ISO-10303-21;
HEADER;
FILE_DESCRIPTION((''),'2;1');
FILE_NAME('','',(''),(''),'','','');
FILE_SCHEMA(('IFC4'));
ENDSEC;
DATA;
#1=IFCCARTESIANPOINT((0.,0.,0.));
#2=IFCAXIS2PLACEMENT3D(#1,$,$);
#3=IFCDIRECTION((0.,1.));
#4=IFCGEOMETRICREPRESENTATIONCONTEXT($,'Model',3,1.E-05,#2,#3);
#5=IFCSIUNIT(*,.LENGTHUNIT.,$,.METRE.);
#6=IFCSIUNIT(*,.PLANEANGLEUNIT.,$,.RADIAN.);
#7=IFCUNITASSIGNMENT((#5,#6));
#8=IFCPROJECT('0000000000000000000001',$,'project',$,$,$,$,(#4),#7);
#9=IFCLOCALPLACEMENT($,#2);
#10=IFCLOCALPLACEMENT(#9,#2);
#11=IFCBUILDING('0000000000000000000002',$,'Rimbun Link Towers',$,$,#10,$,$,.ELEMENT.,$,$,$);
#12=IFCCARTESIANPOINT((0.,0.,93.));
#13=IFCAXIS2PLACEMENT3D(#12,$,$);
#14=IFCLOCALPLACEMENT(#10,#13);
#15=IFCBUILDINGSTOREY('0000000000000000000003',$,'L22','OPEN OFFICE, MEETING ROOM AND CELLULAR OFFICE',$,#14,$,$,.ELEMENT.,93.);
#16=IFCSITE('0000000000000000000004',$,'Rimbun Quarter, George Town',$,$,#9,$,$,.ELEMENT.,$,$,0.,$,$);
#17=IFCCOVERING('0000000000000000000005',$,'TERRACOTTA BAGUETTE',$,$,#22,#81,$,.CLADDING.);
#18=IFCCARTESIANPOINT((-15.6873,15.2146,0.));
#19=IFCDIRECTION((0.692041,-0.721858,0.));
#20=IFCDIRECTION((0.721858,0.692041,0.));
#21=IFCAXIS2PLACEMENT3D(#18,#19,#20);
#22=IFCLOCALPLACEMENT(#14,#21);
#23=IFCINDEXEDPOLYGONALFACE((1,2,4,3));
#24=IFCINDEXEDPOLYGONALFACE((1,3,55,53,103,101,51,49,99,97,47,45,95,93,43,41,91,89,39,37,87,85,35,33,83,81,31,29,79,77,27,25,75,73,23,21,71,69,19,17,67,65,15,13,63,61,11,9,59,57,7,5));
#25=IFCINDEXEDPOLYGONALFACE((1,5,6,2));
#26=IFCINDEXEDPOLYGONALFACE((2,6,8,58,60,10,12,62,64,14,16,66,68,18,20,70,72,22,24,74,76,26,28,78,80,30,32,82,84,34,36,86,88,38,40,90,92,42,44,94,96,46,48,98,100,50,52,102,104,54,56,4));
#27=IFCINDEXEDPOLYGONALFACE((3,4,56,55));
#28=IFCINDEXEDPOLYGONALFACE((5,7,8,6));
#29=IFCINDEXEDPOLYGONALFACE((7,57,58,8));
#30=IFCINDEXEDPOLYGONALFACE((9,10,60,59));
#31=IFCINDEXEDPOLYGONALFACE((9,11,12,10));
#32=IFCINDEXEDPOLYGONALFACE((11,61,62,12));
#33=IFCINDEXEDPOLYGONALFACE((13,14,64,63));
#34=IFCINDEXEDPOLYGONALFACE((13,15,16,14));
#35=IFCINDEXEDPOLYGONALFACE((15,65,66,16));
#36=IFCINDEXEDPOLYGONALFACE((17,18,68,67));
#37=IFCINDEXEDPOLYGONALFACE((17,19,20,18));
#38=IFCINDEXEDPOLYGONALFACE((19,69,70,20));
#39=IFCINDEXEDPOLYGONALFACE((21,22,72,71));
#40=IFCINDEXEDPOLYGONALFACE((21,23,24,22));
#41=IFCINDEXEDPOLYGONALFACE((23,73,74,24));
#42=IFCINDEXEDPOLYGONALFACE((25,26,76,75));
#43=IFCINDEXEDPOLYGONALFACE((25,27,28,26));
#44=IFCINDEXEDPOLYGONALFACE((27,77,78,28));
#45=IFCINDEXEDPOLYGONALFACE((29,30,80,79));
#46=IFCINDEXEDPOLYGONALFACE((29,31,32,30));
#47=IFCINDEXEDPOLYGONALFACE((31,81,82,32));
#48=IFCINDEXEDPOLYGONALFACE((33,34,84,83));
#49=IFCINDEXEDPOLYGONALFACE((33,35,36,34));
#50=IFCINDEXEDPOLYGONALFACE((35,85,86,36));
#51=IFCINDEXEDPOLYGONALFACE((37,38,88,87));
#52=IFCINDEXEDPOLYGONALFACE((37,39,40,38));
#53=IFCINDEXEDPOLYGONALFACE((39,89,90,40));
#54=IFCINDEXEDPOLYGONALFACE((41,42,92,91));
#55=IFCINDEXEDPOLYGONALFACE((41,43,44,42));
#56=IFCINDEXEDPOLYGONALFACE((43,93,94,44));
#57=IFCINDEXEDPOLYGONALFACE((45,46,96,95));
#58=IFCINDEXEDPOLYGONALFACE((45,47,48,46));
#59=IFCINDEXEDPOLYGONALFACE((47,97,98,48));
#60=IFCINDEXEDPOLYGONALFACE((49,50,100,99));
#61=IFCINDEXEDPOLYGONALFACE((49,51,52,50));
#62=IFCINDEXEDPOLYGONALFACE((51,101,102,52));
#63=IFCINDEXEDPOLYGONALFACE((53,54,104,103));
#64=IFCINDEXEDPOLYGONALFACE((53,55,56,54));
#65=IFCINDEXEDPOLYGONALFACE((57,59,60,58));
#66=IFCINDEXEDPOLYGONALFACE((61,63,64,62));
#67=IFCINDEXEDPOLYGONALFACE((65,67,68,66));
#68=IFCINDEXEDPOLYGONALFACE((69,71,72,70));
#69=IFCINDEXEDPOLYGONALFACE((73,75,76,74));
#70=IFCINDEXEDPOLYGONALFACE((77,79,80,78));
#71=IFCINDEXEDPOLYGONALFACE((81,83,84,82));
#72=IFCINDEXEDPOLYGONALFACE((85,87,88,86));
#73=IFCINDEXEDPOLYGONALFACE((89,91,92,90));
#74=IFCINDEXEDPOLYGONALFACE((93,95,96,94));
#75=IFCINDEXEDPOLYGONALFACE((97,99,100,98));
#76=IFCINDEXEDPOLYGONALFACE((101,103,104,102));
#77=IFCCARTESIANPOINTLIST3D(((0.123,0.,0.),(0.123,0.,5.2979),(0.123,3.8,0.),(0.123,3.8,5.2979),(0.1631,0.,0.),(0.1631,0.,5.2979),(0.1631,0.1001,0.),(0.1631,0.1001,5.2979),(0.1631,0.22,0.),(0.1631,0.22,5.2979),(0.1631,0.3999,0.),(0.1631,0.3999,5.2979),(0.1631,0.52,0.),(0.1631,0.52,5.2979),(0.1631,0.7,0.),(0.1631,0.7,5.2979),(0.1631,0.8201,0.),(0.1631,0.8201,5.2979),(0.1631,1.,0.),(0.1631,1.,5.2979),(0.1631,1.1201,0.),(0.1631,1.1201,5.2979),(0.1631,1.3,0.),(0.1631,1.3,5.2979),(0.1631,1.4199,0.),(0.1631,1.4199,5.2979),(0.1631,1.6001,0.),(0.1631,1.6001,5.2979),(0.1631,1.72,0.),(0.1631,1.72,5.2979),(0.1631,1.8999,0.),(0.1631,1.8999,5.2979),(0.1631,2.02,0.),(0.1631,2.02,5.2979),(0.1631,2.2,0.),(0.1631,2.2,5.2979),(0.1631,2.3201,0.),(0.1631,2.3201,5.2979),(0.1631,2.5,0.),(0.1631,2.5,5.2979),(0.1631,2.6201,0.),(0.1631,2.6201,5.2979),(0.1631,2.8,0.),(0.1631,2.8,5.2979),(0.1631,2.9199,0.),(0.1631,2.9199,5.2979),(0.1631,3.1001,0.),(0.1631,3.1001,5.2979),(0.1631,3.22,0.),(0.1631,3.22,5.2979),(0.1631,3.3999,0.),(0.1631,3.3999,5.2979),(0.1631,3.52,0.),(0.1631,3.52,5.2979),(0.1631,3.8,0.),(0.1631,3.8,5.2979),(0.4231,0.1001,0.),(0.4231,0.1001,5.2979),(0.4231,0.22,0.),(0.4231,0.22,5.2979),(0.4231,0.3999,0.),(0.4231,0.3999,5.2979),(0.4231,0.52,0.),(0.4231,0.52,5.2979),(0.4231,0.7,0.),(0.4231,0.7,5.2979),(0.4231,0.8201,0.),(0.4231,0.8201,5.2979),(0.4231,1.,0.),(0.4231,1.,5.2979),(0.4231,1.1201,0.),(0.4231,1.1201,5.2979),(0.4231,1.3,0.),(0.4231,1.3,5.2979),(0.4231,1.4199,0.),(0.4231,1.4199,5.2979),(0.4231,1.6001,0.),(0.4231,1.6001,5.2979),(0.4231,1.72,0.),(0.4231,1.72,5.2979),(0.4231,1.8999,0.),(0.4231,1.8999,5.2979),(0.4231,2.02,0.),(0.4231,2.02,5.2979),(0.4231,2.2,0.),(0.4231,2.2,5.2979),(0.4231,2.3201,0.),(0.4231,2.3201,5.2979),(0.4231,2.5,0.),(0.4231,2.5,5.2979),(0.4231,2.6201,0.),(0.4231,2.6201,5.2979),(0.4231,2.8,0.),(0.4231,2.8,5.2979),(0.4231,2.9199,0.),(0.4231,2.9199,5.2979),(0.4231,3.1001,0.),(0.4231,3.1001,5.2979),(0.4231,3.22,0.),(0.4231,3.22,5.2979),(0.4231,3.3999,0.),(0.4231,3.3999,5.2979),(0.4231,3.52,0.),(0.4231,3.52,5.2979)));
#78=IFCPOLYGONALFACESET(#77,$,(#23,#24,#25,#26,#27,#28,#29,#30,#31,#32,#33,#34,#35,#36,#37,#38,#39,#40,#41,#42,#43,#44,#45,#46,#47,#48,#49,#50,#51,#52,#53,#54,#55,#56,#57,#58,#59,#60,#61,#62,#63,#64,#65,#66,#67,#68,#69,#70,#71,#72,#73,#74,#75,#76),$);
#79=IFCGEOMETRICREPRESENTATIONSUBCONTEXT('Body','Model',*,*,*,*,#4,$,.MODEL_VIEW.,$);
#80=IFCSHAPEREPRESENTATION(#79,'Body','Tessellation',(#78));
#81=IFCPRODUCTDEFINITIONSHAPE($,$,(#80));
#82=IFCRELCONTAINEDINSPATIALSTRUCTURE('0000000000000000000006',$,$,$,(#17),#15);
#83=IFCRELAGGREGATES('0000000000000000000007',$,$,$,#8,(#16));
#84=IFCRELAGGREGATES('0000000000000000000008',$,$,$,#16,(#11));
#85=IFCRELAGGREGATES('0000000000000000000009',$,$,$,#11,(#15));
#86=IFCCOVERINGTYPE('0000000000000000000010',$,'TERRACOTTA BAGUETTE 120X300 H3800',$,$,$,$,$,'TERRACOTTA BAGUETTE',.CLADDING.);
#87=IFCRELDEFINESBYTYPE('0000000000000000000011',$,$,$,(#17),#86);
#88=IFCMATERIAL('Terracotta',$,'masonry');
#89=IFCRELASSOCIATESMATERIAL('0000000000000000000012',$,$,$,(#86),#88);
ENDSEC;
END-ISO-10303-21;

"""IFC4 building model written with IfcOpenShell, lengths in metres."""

from ifc_helpers import new_model, si_unit, direction, frame, origin, place, context, subcontext, project, spatial, polyline, outline, extrude, material, material_profile, profile_set, type_object, element, save


model = new_model("IFC4")

# Units and contexts
model_context = context("Model", 3, precision=1e-05, world=origin(), true_north=direction((0.0, 1.0)))
body_context = subcontext(model_context, "Body", "Model", "MODEL_VIEW")
ifc_project = project(units=[si_unit("LENGTHUNIT", "METRE"), si_unit("PLANEANGLEUNIT", "RADIAN")], contexts=[model_context])

# Site, building, storey
site_placement = place(None, origin())
site = spatial("IfcSite", under=ifc_project, at=site_placement, Name="Rimbun Quarter, George Town", CompositionType="ELEMENT", RefElevation=0.0)
building_placement = place(site_placement, origin())
building = spatial("IfcBuilding", under=site, at=building_placement, Name="Rimbun Link Towers", CompositionType="ELEMENT")
storey_placement = place(building_placement, frame((0.0, 0.0, 93.0)))
storey = spatial("IfcBuildingStorey", under=building, at=storey_placement, Name="L22", Description="OPEN OFFICE, MEETING ROOM AND CELLULAR OFFICE", CompositionType="ELEMENT", Elevation=93.0)

# Covering
ifc_material_1 = material(Name="Terracotta", Category="masonry")
ifc_material_profile_1 = material_profile(ifc_material_1, outline(polyline([(0.123, 0.0), (0.1631, 0.0), (0.1631, 0.1001), (0.4231, 0.1001), (0.4231, 0.22), (0.1631, 0.22), (0.1631, 0.3999), (0.4231, 0.3999), (0.4231, 0.52), (0.1631, 0.52), (0.1631, 0.7), (0.4231, 0.7), (0.4231, 0.8201), (0.1631, 0.8201), (0.1631, 1.0), (0.4231, 1.0), (0.4231, 1.1201), (0.1631, 1.1201), (0.1631, 1.3), (0.4231, 1.3), (0.4231, 1.4199), (0.1631, 1.4199), (0.1631, 1.6001), (0.4231, 1.6001), (0.4231, 1.72), (0.1631, 1.72), (0.1631, 1.8999), (0.4231, 1.8999), (0.4231, 2.02), (0.1631, 2.02), (0.1631, 2.2), (0.4231, 2.2), (0.4231, 2.3201), (0.1631, 2.3201), (0.1631, 2.5), (0.4231, 2.5), (0.4231, 2.6201), (0.1631, 2.6201), (0.1631, 2.8), (0.4231, 2.8), (0.4231, 2.9199), (0.1631, 2.9199), (0.1631, 3.1001), (0.4231, 3.1001), (0.4231, 3.22), (0.1631, 3.22), (0.1631, 3.3999), (0.4231, 3.3999), (0.4231, 3.52), (0.1631, 3.52), (0.1631, 3.8), (0.123, 3.8), (0.123, 0.0)])), Name="BAGUETTE 120X300")
ifc_profile_set_1 = profile_set([ifc_material_profile_1], Name="Terracotta")
covering_type = type_object("IfcCoveringType", Name="TERRACOTTA BAGUETTE 120X300 H3800", ElementType="TERRACOTTA BAGUETTE", PredefinedType="CLADDING", material=ifc_profile_set_1)
covering_placement = place(storey_placement, frame((-15.6873, 15.2146, 0.0), z_axis=(0.692041, -0.721858, 0.0), x_axis=(0.721858, 0.692041, 0.0)))
element("IfcCovering", 1, at=covering_placement, inside=storey, type_object=covering_type, Name="TERRACOTTA BAGUETTE", PredefinedType="CLADDING", context=body_context, shape_type="SweptSolid", body=[
    extrude(outline(polyline([(0.123, 0.0), (0.1631, 0.0), (0.1631, 0.1001), (0.4231, 0.1001), (0.4231, 0.22), (0.1631, 0.22), (0.1631, 0.3999), (0.4231, 0.3999), (0.4231, 0.52), (0.1631, 0.52), (0.1631, 0.7), (0.4231, 0.7), (0.4231, 0.8201), (0.1631, 0.8201), (0.1631, 1.0), (0.4231, 1.0), (0.4231, 1.1201), (0.1631, 1.1201), (0.1631, 1.3), (0.4231, 1.3), (0.4231, 1.4199), (0.1631, 1.4199), (0.1631, 1.6001), (0.4231, 1.6001), (0.4231, 1.72), (0.1631, 1.72), (0.1631, 1.8999), (0.4231, 1.8999), (0.4231, 2.02), (0.1631, 2.02), (0.1631, 2.2), (0.4231, 2.2), (0.4231, 2.3201), (0.1631, 2.3201), (0.1631, 2.5), (0.4231, 2.5), (0.4231, 2.6201), (0.1631, 2.6201), (0.1631, 2.8), (0.4231, 2.8), (0.4231, 2.9199), (0.1631, 2.9199), (0.1631, 3.1001), (0.4231, 3.1001), (0.4231, 3.22), (0.1631, 3.22), (0.1631, 3.3999), (0.4231, 3.3999), (0.4231, 3.52), (0.1631, 3.52), (0.1631, 3.8), (0.123, 3.8), (0.123, 0.0)])), origin(), (0.0, 0.0, 1.0), 5.2979),
])

save(model, "model.ifc")
